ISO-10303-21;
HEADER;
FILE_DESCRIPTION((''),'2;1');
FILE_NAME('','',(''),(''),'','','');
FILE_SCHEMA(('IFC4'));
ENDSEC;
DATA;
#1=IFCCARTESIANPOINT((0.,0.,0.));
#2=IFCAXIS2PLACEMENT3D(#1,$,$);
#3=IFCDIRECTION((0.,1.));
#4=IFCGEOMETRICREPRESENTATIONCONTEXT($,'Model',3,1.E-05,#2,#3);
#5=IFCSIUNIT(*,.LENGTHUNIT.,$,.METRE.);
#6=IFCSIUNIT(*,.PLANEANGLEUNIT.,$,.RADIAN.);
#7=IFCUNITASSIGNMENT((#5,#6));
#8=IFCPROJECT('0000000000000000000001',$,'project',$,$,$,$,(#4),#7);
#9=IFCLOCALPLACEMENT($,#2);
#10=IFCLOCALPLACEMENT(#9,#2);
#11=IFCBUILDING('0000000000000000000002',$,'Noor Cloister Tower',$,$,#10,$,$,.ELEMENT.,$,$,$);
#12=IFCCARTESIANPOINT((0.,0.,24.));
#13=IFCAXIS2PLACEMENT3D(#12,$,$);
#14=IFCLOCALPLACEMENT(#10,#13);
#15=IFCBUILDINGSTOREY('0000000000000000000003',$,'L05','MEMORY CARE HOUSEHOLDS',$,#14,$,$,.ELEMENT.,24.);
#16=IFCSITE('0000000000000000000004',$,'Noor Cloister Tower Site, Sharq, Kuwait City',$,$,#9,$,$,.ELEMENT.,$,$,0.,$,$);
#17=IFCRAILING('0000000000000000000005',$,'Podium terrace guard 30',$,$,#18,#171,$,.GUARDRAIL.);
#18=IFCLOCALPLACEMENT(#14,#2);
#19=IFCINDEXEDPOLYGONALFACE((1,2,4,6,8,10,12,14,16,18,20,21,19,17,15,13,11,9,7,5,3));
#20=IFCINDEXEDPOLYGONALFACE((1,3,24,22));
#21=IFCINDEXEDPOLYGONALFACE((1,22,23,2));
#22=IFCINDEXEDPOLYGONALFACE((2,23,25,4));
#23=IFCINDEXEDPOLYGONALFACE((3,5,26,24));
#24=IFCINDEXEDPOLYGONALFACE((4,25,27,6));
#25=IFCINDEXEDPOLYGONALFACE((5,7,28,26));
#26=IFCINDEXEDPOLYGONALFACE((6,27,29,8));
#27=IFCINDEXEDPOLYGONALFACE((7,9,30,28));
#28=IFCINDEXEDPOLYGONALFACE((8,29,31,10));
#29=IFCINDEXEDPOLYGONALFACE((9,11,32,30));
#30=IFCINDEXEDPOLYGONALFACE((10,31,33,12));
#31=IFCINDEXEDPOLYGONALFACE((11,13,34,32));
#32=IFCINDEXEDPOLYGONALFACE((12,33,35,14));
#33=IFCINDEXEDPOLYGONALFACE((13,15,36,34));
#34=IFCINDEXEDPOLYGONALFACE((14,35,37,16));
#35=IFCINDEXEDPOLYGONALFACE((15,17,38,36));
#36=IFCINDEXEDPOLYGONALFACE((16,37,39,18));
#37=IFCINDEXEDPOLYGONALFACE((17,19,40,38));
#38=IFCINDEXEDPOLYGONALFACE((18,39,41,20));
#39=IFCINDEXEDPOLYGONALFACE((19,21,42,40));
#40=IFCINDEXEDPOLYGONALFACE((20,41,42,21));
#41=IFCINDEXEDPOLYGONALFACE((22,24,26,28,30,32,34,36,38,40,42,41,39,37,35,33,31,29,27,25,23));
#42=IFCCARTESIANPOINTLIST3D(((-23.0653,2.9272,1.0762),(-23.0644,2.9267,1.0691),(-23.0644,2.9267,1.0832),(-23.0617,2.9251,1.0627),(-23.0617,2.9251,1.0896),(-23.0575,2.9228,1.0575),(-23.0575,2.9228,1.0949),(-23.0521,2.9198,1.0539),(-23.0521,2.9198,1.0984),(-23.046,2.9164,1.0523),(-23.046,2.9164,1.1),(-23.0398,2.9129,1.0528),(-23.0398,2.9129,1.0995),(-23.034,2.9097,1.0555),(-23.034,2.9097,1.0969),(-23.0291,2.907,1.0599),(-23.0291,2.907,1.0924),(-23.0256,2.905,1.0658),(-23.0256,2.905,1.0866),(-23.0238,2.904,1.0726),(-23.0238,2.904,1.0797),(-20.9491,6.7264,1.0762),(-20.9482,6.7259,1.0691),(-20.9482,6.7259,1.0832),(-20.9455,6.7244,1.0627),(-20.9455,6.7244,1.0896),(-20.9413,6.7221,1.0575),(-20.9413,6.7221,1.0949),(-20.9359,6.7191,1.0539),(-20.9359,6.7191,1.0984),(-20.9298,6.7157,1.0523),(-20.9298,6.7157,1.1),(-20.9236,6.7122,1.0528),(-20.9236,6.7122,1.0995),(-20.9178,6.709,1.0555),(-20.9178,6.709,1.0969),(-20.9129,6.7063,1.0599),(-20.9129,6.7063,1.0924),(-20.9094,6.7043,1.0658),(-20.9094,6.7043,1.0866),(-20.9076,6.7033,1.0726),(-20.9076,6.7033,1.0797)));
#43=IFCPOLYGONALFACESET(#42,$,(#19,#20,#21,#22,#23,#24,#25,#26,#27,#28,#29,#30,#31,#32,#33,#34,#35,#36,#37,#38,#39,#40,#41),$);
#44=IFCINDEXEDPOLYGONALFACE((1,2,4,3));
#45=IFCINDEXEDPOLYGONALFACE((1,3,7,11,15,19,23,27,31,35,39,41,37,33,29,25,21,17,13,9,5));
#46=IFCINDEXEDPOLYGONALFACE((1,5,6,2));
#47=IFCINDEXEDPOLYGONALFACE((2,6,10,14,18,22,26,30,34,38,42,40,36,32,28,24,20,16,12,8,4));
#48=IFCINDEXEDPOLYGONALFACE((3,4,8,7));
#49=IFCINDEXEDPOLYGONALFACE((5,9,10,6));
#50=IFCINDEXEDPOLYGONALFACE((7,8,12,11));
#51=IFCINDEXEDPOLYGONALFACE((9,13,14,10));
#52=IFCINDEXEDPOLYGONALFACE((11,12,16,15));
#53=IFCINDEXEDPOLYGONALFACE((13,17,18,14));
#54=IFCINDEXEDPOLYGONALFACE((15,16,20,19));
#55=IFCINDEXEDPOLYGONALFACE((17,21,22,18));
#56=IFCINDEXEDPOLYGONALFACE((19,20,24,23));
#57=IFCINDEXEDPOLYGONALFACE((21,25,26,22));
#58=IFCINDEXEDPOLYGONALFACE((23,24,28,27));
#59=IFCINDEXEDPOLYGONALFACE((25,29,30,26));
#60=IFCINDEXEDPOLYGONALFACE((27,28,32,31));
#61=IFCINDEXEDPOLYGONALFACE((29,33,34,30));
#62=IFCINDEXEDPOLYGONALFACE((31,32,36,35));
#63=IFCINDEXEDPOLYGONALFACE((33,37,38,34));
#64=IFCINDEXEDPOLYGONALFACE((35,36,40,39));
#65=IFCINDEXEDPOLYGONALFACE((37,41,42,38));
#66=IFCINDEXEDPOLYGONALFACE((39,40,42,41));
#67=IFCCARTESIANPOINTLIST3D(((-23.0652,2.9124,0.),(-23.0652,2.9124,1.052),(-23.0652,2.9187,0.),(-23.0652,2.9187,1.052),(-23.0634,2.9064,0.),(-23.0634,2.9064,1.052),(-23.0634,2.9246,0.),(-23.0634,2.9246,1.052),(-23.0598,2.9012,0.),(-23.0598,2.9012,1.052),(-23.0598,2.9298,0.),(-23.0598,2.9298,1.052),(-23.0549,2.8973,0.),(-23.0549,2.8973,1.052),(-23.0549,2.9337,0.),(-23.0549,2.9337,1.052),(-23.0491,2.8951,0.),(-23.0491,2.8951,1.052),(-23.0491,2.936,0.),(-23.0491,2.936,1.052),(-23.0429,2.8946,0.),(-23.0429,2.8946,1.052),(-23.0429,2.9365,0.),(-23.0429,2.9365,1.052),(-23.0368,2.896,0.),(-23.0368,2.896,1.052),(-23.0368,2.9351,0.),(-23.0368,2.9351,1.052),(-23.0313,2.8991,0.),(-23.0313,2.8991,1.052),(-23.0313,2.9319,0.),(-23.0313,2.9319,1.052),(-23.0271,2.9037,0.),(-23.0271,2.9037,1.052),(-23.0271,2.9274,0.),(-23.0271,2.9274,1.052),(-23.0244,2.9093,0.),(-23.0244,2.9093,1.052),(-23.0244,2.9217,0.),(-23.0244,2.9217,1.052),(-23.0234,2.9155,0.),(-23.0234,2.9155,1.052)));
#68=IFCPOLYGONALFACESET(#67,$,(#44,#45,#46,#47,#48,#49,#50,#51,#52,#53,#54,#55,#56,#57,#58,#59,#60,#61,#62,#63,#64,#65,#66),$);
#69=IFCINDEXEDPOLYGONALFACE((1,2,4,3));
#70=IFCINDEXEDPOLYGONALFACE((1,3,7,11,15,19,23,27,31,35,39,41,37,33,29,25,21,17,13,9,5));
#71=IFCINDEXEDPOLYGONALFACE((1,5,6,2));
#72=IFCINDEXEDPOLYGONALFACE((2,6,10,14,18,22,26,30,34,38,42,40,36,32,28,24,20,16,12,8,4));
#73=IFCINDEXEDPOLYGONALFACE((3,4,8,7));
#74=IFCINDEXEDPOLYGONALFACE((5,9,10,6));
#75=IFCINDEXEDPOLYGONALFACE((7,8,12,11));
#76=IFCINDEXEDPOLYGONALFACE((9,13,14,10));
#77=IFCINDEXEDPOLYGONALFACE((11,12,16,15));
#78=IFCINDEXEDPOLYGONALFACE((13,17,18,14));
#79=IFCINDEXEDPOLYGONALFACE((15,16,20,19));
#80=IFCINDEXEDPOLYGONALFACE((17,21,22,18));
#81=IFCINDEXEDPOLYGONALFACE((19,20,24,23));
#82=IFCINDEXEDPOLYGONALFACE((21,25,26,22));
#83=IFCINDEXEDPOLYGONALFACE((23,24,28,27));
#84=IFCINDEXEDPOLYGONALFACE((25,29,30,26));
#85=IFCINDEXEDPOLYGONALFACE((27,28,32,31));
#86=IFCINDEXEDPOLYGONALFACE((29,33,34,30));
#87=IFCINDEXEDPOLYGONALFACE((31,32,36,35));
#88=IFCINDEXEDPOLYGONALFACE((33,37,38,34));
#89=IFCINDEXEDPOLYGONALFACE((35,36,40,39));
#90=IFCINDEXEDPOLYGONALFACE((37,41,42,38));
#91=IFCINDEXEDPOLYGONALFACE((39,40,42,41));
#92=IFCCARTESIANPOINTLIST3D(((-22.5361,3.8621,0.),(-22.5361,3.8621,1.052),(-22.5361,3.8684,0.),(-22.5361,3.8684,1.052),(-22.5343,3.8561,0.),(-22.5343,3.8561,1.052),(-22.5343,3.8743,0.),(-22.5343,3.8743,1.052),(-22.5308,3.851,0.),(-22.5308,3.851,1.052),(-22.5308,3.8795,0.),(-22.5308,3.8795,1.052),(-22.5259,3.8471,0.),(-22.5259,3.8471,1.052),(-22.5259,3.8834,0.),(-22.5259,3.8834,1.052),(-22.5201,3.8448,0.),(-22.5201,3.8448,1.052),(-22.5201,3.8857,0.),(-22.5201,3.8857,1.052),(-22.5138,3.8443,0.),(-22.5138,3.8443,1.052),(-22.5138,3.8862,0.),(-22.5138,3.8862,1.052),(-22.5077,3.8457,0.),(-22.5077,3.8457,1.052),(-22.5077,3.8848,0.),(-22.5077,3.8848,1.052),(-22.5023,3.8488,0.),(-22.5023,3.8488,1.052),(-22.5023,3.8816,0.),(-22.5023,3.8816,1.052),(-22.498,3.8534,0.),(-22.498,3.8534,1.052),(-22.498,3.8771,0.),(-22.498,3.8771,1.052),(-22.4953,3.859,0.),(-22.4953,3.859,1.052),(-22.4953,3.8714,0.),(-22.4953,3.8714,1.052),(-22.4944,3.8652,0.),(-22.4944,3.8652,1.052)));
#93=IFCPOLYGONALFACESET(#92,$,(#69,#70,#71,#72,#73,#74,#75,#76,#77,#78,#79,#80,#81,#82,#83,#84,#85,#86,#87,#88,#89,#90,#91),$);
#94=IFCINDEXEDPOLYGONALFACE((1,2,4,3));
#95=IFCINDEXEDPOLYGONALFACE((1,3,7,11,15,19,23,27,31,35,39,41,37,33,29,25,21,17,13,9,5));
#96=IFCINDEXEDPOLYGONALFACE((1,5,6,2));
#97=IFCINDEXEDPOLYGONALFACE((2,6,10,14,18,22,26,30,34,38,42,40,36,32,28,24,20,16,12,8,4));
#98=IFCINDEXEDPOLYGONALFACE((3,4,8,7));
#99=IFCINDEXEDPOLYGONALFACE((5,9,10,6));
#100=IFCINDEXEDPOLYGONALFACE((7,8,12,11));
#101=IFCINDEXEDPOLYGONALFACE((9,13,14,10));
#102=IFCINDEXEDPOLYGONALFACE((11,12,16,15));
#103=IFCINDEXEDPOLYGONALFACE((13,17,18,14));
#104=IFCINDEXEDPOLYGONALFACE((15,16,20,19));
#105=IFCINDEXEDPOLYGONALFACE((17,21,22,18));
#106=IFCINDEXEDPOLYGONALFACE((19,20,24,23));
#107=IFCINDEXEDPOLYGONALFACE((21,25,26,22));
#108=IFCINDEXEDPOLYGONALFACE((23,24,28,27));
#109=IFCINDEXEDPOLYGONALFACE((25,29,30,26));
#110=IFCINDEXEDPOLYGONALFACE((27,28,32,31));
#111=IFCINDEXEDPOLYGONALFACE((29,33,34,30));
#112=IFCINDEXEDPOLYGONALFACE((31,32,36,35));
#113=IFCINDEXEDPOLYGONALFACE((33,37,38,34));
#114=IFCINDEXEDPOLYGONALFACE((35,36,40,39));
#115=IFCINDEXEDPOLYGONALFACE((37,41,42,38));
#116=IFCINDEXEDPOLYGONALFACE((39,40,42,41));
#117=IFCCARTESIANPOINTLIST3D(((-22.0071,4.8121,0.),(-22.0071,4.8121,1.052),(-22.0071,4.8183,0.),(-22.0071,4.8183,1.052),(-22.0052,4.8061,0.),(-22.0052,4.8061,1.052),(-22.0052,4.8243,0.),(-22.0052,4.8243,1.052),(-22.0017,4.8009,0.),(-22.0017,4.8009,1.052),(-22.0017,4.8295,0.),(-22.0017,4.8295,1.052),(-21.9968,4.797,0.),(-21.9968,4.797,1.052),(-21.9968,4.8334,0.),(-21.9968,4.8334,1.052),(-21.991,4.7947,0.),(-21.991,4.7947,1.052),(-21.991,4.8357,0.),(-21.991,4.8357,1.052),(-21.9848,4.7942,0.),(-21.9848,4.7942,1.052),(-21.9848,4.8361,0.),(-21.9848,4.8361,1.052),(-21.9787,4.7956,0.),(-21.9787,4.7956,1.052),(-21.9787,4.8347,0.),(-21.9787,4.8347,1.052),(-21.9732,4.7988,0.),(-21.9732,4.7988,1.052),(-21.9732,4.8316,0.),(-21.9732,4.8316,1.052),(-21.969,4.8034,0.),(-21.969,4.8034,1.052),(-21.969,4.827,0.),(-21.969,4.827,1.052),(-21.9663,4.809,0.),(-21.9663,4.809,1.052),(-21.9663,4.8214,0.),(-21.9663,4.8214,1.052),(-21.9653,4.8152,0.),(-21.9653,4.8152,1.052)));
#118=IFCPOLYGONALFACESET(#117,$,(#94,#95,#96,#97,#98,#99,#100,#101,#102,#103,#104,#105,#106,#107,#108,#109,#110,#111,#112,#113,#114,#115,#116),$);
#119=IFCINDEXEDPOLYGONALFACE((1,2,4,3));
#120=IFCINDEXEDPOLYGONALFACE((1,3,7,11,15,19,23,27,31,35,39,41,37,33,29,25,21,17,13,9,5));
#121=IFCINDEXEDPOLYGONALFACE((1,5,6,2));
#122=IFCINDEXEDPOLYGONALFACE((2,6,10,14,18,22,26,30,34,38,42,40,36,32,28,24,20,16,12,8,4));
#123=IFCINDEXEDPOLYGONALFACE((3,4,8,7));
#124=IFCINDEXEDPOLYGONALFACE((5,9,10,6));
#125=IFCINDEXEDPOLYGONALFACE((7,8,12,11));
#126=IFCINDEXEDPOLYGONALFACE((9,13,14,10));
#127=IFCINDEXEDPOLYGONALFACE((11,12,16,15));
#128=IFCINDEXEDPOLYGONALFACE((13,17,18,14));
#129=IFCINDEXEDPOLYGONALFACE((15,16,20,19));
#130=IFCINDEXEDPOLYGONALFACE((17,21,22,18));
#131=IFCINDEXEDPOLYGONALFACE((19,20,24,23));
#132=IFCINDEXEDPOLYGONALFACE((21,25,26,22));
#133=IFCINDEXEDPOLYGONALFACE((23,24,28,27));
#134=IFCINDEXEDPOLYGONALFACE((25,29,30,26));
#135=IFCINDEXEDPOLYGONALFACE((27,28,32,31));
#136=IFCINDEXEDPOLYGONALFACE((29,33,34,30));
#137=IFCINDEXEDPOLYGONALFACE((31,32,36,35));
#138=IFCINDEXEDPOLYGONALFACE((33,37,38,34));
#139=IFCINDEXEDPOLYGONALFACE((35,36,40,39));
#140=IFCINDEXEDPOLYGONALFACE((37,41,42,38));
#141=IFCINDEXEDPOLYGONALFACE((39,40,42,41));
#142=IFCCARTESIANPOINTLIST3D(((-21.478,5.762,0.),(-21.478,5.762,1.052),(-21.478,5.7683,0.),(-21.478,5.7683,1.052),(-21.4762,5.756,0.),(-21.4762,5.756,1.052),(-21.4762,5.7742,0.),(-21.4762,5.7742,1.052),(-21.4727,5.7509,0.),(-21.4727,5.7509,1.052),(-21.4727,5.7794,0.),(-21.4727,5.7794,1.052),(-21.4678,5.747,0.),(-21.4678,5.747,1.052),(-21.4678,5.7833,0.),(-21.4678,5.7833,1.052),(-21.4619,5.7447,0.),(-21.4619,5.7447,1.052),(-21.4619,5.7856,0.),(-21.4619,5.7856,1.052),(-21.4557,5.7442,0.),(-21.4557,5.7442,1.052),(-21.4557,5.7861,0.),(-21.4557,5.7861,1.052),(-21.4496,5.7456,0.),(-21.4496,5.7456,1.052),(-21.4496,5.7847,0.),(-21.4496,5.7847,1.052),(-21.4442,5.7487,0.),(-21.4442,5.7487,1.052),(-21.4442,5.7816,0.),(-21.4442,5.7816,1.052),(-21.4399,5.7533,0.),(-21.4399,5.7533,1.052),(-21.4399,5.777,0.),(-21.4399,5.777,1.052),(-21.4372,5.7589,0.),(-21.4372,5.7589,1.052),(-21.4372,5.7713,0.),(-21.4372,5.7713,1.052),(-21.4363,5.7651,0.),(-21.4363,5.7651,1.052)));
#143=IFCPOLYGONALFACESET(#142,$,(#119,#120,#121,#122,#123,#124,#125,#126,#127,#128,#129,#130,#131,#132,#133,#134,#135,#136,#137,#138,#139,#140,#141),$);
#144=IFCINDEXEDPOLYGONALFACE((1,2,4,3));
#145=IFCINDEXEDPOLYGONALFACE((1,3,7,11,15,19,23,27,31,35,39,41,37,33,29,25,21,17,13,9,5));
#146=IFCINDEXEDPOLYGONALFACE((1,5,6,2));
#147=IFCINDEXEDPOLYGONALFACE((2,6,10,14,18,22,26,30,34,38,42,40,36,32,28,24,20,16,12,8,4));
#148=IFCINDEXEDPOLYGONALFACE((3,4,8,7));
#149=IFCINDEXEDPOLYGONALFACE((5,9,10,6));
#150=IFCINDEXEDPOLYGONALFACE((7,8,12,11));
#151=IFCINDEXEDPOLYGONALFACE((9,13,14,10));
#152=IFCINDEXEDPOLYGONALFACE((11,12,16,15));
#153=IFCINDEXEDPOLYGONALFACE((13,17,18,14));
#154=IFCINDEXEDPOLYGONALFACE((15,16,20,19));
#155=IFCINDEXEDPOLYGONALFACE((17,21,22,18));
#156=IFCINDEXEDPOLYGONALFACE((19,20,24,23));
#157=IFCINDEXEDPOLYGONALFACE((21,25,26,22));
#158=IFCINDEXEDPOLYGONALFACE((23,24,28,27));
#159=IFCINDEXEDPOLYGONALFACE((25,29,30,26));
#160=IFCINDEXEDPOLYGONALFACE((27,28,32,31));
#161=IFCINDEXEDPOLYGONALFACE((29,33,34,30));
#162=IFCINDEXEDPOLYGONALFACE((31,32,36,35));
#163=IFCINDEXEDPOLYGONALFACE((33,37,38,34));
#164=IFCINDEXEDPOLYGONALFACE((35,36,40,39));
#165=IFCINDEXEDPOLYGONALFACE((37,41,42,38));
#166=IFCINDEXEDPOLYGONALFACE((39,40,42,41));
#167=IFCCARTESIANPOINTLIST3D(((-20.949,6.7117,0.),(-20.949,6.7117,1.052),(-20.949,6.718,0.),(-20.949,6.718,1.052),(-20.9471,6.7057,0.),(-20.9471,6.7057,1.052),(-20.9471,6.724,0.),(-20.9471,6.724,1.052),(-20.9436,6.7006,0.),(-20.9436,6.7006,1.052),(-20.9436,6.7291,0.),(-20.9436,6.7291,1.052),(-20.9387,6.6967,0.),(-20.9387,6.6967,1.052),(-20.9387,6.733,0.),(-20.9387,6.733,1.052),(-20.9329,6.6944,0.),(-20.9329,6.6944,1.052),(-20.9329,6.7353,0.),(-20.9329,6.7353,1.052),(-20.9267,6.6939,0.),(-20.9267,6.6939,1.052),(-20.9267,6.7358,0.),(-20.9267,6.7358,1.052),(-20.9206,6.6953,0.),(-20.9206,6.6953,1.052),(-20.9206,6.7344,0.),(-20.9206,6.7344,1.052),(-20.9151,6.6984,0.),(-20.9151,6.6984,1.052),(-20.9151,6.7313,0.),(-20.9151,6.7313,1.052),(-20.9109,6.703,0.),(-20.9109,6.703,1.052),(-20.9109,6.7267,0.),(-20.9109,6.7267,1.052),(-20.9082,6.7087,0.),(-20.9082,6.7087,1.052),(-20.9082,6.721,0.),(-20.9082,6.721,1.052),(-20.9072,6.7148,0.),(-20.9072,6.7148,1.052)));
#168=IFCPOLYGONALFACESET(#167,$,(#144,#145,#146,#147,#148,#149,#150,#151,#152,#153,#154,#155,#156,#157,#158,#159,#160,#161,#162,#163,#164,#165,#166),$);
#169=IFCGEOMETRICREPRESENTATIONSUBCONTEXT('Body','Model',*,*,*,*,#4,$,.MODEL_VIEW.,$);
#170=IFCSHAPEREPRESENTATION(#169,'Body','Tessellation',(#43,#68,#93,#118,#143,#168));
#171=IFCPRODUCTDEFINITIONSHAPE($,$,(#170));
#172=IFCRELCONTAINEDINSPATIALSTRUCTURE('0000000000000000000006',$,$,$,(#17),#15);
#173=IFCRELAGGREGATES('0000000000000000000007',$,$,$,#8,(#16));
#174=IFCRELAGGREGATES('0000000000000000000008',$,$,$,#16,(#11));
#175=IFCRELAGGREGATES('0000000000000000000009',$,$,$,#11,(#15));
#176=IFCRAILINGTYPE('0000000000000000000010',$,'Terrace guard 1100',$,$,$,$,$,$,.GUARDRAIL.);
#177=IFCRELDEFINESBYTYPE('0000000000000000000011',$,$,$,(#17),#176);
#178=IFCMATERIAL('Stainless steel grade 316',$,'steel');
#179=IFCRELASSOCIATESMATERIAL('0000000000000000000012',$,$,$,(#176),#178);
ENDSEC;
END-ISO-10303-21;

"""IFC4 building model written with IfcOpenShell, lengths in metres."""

from ifc_helpers import new_model, si_unit, direction, frame, origin, origin_2d, place, context, subcontext, project, spatial, circle, extrude, material, type_object, element, save


model = new_model("IFC4")

# Units and contexts
model_context = context("Model", 3, precision=1e-05, world=origin(), true_north=direction((0.0, 1.0)))
body_context = subcontext(model_context, "Body", "Model", "MODEL_VIEW")
ifc_project = project(units=[si_unit("LENGTHUNIT", "METRE"), si_unit("PLANEANGLEUNIT", "RADIAN")], contexts=[model_context])

# Site, building, storey
site_placement = place(None, origin())
site = spatial("IfcSite", under=ifc_project, at=site_placement, Name="Noor Cloister Tower Site, Sharq, Kuwait City", CompositionType="ELEMENT", RefElevation=0.0)
building_placement = place(site_placement, origin())
building = spatial("IfcBuilding", under=site, at=building_placement, Name="Noor Cloister Tower", CompositionType="ELEMENT")
storey_placement = place(building_placement, frame((0.0, 0.0, 24.0)))
storey = spatial("IfcBuildingStorey", under=building, at=storey_placement, Name="L05", Description="MEMORY CARE HOUSEHOLDS", CompositionType="ELEMENT", Elevation=24.0)

# Railing
ifc_material_1 = material(Name="Stainless steel grade 316", Category="steel")
railing_type = type_object("IfcRailingType", Name="Terrace guard 1100", PredefinedType="GUARDRAIL", material=ifc_material_1)
railing_1_placement = place(storey_placement, frame((-23.0444, 2.9155, 0.0)))
element("IfcRailing", 1, at=railing_1_placement, inside=storey, type_object=railing_type, Name="Podium terrace guard 30", PredefinedType="GUARDRAIL", context=body_context, shape_type="SweptSolid", body=[
    extrude(circle(Radius=0.0239, at=origin_2d()), frame((0.0, 0.0, 1.0762), z_axis=(0.486605, 0.873622, 0.0), x_axis=(-0.873622, 0.486605, 0.0)), (0.0, 0.0, 1.0), 4.3489),
    extrude(circle(Radius=0.021, at=origin_2d()), origin(), (0.0, 0.0, 1.0), 1.052),
    extrude(circle(Radius=0.021, at=origin_2d()), frame((0.5291, 0.9497, 0.0)), (0.0, 0.0, 1.0), 1.052),
    extrude(circle(Radius=0.021, at=origin_2d()), frame((1.0581, 1.8997, 0.0)), (0.0, 0.0, 1.0), 1.052),
    extrude(circle(Radius=0.021, at=origin_2d()), frame((1.5872, 2.8496, 0.0)), (0.0, 0.0, 1.0), 1.052),
    extrude(circle(Radius=0.021, at=origin_2d()), frame((2.1162, 3.7993, 0.0)), (0.0, 0.0, 1.0), 1.052),
])

save(model, "model.ifc")
